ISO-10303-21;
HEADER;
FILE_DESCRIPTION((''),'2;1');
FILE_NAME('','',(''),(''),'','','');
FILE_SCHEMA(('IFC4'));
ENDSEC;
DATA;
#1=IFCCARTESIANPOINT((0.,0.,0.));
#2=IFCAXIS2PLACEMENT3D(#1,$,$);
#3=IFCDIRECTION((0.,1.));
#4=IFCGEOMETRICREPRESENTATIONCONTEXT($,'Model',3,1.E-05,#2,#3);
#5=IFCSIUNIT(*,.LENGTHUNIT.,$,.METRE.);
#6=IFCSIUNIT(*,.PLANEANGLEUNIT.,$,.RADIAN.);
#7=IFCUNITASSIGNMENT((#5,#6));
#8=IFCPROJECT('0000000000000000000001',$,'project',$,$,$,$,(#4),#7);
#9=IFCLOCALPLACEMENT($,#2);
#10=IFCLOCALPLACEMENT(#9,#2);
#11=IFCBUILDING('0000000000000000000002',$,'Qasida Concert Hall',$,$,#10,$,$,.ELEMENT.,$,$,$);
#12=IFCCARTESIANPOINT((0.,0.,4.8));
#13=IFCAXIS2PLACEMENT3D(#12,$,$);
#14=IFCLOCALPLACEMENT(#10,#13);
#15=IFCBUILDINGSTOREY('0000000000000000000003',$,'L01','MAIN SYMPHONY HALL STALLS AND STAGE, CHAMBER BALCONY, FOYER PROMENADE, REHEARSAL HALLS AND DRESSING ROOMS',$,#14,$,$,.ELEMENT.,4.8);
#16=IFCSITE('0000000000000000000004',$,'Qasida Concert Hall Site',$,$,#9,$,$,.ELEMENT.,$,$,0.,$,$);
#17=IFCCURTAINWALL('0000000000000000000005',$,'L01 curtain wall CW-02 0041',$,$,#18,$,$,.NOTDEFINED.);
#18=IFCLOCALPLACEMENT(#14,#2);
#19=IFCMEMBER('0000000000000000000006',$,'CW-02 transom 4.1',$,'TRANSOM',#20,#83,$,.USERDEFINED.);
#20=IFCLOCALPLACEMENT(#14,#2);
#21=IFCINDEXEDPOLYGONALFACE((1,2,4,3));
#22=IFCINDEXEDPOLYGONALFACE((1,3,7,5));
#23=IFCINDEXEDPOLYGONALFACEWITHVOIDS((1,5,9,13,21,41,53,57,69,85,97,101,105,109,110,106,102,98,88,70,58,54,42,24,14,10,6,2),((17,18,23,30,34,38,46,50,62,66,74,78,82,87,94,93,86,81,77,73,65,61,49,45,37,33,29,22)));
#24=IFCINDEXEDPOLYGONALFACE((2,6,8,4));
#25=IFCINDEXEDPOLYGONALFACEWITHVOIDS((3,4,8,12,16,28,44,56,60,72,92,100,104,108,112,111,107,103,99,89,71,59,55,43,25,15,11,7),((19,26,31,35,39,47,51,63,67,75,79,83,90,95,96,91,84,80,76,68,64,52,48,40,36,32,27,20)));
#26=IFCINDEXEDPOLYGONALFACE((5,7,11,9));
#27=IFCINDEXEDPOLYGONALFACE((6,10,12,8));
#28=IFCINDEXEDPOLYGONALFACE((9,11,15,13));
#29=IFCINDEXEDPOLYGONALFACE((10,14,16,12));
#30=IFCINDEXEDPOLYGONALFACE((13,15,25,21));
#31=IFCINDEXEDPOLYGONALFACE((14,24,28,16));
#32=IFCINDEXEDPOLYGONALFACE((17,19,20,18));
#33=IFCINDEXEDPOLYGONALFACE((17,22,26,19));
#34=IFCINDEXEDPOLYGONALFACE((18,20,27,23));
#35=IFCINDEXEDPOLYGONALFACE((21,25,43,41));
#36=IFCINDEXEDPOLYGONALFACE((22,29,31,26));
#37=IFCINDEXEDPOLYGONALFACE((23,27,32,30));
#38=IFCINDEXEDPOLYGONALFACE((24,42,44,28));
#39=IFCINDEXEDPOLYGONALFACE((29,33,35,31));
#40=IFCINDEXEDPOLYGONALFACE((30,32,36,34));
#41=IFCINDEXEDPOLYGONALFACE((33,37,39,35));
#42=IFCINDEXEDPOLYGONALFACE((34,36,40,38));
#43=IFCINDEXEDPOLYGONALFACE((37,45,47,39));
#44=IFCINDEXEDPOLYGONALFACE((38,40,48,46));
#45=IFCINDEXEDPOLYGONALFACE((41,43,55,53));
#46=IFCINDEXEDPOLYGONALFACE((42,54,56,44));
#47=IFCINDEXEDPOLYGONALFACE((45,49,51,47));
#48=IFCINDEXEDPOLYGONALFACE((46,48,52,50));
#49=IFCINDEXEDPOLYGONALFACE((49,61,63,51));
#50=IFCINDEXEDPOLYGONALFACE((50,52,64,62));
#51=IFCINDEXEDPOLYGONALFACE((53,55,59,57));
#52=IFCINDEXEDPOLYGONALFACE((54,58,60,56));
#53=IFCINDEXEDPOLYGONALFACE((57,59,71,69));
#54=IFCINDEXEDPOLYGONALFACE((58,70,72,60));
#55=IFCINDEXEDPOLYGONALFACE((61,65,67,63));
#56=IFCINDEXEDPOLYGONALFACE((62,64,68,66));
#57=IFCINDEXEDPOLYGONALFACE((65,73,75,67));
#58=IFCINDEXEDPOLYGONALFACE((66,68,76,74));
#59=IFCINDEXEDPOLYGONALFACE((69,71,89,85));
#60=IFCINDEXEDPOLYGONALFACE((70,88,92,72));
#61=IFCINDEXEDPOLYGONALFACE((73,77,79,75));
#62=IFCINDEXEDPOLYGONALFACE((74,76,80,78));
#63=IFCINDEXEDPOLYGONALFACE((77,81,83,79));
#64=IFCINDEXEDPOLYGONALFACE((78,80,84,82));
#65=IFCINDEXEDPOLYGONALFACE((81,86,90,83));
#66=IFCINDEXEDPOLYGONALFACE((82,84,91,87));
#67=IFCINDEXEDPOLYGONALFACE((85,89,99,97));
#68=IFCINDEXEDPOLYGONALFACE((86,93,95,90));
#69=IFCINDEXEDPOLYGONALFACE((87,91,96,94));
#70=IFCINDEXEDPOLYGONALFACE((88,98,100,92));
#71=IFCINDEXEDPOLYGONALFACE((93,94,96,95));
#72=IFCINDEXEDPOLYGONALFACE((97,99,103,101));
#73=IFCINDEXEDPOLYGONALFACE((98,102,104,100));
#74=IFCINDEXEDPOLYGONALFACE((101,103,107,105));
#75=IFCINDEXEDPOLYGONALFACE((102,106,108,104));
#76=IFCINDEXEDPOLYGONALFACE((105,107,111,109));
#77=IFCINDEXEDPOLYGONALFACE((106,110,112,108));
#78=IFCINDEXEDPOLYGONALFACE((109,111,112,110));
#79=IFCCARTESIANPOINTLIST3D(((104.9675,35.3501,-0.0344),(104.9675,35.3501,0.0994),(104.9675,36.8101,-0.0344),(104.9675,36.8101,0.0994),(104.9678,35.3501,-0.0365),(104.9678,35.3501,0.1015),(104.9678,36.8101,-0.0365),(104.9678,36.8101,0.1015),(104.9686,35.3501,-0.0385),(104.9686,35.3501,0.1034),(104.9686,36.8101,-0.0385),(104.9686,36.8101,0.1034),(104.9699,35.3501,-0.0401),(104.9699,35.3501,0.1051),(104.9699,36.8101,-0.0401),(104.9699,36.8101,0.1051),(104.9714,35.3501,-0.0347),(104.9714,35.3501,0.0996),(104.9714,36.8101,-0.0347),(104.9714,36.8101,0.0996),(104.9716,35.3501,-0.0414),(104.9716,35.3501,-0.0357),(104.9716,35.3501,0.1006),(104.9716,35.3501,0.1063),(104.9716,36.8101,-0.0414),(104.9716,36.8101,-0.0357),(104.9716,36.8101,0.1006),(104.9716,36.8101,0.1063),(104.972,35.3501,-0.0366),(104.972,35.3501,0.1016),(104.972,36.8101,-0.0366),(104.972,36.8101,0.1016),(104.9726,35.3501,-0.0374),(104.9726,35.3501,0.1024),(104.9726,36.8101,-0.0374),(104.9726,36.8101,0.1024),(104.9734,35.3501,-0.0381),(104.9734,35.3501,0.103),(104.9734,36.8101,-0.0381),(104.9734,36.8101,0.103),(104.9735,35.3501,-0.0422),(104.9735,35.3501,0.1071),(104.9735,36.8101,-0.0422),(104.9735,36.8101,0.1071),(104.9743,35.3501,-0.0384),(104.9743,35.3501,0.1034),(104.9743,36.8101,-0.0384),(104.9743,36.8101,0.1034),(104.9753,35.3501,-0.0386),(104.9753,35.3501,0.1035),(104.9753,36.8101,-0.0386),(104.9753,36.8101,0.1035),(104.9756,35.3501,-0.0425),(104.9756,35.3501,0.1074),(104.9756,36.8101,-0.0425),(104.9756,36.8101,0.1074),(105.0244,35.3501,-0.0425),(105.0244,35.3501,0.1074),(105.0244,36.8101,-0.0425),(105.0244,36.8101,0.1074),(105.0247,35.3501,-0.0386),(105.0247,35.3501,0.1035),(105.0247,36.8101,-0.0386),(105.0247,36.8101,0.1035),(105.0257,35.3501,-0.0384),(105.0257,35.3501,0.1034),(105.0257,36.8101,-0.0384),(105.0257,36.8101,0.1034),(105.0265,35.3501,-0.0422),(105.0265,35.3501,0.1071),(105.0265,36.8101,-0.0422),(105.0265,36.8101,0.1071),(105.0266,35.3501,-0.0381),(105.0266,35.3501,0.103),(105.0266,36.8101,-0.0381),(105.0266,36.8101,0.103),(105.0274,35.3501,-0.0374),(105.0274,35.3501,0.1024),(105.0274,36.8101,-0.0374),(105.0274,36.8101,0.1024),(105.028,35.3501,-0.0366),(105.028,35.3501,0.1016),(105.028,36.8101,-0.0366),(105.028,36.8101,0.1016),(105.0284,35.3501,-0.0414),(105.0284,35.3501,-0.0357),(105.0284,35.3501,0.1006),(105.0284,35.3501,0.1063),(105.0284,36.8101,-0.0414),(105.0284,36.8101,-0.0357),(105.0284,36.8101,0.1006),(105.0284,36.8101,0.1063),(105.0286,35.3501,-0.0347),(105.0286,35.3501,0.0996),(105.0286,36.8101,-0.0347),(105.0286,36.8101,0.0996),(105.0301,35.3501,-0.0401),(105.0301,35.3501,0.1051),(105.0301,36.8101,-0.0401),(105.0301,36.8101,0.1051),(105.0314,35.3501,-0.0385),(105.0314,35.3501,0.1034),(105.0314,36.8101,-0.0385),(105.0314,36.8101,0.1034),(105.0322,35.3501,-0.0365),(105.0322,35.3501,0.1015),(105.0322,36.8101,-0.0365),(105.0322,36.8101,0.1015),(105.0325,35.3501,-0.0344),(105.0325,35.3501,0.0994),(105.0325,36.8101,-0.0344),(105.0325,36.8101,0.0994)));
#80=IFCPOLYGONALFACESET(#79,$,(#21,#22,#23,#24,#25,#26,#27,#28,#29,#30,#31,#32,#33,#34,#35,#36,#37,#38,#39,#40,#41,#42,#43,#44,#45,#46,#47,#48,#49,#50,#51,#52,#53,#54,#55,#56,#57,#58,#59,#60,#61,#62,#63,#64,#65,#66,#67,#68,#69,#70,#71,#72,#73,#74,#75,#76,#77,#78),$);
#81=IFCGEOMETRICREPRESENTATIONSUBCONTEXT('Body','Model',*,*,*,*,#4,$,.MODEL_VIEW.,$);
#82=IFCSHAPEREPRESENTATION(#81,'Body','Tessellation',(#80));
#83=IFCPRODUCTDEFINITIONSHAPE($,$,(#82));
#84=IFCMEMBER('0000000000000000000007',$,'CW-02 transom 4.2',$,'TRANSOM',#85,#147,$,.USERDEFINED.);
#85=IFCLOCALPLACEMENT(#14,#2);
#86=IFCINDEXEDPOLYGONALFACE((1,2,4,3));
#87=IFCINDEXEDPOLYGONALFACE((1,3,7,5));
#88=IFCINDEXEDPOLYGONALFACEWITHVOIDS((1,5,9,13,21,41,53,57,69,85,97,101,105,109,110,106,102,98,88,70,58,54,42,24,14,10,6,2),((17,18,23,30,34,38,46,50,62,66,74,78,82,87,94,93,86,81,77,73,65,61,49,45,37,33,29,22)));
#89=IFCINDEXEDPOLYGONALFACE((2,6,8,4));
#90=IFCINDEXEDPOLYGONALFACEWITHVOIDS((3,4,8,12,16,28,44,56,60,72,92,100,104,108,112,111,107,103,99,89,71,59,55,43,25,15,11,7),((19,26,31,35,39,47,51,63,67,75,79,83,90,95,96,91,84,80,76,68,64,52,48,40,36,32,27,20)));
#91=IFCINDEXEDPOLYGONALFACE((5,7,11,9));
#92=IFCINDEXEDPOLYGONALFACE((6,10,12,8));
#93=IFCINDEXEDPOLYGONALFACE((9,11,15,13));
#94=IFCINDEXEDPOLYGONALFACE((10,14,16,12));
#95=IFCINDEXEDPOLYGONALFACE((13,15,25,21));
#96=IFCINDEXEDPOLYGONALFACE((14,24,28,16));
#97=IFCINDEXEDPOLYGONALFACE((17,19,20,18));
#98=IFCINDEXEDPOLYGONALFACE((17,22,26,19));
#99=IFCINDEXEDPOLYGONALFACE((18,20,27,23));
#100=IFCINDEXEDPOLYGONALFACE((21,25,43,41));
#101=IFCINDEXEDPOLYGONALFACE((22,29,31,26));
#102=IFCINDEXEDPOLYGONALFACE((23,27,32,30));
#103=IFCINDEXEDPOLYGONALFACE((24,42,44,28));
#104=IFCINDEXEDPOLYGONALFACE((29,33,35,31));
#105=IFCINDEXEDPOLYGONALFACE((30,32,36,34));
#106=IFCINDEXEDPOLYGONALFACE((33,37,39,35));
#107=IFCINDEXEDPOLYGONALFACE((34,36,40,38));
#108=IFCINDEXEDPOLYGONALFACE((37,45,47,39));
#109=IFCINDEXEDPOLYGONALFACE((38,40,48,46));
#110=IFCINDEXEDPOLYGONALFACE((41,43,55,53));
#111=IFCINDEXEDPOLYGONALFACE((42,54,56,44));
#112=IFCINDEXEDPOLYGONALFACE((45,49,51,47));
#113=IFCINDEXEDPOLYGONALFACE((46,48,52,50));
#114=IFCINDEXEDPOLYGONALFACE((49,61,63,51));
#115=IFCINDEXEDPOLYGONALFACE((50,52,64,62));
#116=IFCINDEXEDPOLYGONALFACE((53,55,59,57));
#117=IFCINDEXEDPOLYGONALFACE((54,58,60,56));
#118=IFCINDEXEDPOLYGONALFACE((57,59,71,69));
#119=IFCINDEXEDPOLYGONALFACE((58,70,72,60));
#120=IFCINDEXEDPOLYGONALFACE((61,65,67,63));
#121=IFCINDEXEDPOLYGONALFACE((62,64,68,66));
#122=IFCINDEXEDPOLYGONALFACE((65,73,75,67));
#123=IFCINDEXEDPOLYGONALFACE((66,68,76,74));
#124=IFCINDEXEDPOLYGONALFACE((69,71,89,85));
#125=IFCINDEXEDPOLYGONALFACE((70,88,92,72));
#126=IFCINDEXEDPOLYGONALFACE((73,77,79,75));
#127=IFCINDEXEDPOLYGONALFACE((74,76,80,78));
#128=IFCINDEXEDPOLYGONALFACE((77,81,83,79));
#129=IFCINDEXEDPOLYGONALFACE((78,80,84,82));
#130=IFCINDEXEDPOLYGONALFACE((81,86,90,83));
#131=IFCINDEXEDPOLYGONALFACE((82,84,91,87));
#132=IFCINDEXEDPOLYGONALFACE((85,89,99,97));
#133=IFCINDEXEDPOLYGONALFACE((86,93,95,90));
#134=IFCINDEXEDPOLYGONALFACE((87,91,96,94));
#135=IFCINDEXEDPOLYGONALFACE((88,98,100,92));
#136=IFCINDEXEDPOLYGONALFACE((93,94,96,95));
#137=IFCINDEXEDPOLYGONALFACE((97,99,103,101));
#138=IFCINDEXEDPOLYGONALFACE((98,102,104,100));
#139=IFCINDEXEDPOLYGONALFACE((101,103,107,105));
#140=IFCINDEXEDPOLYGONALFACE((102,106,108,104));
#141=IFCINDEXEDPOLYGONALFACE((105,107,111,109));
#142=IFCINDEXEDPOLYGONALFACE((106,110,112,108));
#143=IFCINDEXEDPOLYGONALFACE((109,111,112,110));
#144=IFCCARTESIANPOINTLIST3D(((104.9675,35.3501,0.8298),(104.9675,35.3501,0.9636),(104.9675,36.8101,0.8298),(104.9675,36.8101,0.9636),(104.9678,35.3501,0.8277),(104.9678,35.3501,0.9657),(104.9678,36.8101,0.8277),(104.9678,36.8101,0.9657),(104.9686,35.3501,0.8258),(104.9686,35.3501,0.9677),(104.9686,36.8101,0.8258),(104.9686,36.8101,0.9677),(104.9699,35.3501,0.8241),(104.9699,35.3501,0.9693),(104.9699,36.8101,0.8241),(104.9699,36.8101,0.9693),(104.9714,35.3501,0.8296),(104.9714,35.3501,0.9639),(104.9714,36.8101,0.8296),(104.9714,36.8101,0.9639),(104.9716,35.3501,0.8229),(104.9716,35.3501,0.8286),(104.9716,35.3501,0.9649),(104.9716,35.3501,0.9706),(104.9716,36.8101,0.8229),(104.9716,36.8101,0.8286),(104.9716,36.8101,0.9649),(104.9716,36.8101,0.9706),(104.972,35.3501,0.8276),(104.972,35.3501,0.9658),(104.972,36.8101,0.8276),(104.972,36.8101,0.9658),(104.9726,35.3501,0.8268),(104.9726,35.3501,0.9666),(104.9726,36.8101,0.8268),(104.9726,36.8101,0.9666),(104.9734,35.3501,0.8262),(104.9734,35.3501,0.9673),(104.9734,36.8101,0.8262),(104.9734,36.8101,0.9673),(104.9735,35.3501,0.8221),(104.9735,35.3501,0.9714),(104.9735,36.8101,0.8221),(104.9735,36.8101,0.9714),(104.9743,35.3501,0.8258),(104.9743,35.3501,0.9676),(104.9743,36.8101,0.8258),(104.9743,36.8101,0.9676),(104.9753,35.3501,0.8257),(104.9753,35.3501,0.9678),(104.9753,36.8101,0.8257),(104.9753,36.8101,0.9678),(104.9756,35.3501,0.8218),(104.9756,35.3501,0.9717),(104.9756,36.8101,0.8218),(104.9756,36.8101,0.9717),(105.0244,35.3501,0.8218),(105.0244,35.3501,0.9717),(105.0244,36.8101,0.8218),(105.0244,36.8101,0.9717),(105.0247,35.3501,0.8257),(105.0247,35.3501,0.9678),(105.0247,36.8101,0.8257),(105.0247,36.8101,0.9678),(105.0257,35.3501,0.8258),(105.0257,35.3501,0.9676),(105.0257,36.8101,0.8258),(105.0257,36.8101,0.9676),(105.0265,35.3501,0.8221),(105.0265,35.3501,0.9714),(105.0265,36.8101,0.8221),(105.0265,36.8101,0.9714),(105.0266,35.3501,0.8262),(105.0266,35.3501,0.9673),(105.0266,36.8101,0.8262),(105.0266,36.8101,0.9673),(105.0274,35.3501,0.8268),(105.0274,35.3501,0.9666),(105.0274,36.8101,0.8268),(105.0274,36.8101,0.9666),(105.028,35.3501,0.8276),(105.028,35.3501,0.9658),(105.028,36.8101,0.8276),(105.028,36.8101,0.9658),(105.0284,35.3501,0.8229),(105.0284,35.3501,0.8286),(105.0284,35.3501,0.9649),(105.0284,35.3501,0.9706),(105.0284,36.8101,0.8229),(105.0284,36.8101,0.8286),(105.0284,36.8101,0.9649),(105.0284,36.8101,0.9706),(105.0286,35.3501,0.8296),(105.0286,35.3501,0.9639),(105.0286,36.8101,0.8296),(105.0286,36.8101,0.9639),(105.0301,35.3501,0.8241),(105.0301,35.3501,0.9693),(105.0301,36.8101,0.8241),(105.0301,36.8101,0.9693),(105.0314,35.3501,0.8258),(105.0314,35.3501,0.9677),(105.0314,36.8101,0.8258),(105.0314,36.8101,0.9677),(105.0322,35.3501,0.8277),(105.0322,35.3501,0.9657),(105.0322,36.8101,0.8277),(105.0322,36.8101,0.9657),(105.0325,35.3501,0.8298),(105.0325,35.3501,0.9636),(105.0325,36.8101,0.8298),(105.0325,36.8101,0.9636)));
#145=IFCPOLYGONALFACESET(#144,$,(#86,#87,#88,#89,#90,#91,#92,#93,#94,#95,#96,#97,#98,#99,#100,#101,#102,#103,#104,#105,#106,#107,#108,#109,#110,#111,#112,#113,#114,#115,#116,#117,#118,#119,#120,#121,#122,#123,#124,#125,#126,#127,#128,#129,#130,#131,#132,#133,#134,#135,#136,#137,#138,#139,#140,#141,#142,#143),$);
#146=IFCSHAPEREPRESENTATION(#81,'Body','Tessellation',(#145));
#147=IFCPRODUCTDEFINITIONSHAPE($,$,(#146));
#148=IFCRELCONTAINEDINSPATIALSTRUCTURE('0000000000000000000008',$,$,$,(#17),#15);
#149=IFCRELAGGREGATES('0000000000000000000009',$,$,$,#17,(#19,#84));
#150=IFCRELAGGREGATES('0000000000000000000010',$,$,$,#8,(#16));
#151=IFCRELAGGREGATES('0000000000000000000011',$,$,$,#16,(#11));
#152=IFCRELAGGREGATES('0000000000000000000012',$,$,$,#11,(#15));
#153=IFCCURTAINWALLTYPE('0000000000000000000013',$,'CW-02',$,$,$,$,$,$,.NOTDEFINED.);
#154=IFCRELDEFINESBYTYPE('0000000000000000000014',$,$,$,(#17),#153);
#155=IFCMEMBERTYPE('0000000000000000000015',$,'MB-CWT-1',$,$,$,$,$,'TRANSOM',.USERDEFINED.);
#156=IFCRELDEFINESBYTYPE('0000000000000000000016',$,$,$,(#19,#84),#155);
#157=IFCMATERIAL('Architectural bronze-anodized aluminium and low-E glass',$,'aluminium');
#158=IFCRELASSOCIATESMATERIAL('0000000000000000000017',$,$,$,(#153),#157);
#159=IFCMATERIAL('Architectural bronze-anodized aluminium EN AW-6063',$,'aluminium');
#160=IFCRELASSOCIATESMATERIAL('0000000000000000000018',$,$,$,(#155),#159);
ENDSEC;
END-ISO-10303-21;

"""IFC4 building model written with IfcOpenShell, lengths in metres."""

from ifc_helpers import new_model, si_unit, direction, frame, origin, origin_2d, place, context, subcontext, project, spatial, hollow_rectangle, extrude, material, material_profile, profile_set, type_object, element, aggregate, save


model = new_model("IFC4")

# Units and contexts
model_context = context("Model", 3, precision=1e-05, world=origin(), true_north=direction((0.0, 1.0)))
body_context = subcontext(model_context, "Body", "Model", "MODEL_VIEW")
ifc_project = project(units=[si_unit("LENGTHUNIT", "METRE"), si_unit("PLANEANGLEUNIT", "RADIAN")], contexts=[model_context])

# Site, building, storey
site_placement = place(None, origin())
site = spatial("IfcSite", under=ifc_project, at=site_placement, Name="Qasida Concert Hall Site", CompositionType="ELEMENT", RefElevation=0.0)
building_placement = place(site_placement, origin())
building = spatial("IfcBuilding", under=site, at=building_placement, Name="Qasida Concert Hall", CompositionType="ELEMENT")
storey_placement = place(building_placement, frame((0.0, 0.0, 4.8)))
storey = spatial("IfcBuildingStorey", under=building, at=storey_placement, Name="L01", Description="MAIN SYMPHONY HALL STALLS AND STAGE, CHAMBER BALCONY, FOYER PROMENADE, REHEARSAL HALLS AND DRESSING ROOMS", CompositionType="ELEMENT", Elevation=4.8)

# Curtain wall, members
ifc_material_1 = material(Name="Architectural bronze-anodized aluminium and low-E glass", Category="aluminium")
curtain_wall_type = type_object("IfcCurtainWallType", Name="CW-02", PredefinedType="NOTDEFINED", material=ifc_material_1)
curtain_wall_placement = place(storey_placement, origin())
curtain_wall = element("IfcCurtainWall", 1, at=curtain_wall_placement, inside=storey, type_object=curtain_wall_type, Name="L01 curtain wall CW-02 0041", PredefinedType="NOTDEFINED")
ifc_material_2 = material(Name="Architectural bronze-anodized aluminium EN AW-6063", Category="aluminium")
ifc_material_profile_1 = material_profile(ifc_material_2, hollow_rectangle(XDim=0.0649, YDim=0.1499, WallThickness=0.0039, InnerFilletRadius=0.0039, OuterFilletRadius=0.0081, at=origin_2d()), Name="CWT 150x65x4")
ifc_profile_set_1 = profile_set([ifc_material_profile_1], Name="Architectural bronze-anodized aluminium EN AW-6063")
member_type_1 = type_object("IfcMemberType", Name="MB-CWT-1", ElementType="TRANSOM", PredefinedType="USERDEFINED", material=ifc_profile_set_1)
member_1_placement = place(storey_placement, frame((105.0, 35.3501, 0.0325), z_axis=(0.0, 1.0, 0.0), x_axis=(-1.0, 0.0, 0.0)))
member_1 = element("IfcMember", 2, at=member_1_placement, type_object=member_type_1, Name="CW-02 transom 4.1", ObjectType="TRANSOM", PredefinedType="USERDEFINED", context=body_context, shape_type="SweptSolid", body=[
    extrude(hollow_rectangle(XDim=0.0649, YDim=0.1499, WallThickness=0.0039, InnerFilletRadius=0.0039, OuterFilletRadius=0.0081, at=origin_2d()), origin(), (0.0, 0.0, 1.0), 1.46),
])
member_2_placement = place(storey_placement, frame((105.0, 35.3501, 0.8967), z_axis=(0.0, 1.0, 0.0), x_axis=(-1.0, 0.0, 0.0)))
member_2 = element("IfcMember", 3, at=member_2_placement, type_object=member_type_1, Name="CW-02 transom 4.2", ObjectType="TRANSOM", PredefinedType="USERDEFINED", context=body_context, shape_type="SweptSolid", body=[
    extrude(hollow_rectangle(XDim=0.0649, YDim=0.1499, WallThickness=0.0039, InnerFilletRadius=0.0039, OuterFilletRadius=0.0081, at=origin_2d()), origin(), (0.0, 0.0, 1.0), 1.46),
])
aggregate(curtain_wall, [member_1, member_2])

save(model, "model.ifc")
